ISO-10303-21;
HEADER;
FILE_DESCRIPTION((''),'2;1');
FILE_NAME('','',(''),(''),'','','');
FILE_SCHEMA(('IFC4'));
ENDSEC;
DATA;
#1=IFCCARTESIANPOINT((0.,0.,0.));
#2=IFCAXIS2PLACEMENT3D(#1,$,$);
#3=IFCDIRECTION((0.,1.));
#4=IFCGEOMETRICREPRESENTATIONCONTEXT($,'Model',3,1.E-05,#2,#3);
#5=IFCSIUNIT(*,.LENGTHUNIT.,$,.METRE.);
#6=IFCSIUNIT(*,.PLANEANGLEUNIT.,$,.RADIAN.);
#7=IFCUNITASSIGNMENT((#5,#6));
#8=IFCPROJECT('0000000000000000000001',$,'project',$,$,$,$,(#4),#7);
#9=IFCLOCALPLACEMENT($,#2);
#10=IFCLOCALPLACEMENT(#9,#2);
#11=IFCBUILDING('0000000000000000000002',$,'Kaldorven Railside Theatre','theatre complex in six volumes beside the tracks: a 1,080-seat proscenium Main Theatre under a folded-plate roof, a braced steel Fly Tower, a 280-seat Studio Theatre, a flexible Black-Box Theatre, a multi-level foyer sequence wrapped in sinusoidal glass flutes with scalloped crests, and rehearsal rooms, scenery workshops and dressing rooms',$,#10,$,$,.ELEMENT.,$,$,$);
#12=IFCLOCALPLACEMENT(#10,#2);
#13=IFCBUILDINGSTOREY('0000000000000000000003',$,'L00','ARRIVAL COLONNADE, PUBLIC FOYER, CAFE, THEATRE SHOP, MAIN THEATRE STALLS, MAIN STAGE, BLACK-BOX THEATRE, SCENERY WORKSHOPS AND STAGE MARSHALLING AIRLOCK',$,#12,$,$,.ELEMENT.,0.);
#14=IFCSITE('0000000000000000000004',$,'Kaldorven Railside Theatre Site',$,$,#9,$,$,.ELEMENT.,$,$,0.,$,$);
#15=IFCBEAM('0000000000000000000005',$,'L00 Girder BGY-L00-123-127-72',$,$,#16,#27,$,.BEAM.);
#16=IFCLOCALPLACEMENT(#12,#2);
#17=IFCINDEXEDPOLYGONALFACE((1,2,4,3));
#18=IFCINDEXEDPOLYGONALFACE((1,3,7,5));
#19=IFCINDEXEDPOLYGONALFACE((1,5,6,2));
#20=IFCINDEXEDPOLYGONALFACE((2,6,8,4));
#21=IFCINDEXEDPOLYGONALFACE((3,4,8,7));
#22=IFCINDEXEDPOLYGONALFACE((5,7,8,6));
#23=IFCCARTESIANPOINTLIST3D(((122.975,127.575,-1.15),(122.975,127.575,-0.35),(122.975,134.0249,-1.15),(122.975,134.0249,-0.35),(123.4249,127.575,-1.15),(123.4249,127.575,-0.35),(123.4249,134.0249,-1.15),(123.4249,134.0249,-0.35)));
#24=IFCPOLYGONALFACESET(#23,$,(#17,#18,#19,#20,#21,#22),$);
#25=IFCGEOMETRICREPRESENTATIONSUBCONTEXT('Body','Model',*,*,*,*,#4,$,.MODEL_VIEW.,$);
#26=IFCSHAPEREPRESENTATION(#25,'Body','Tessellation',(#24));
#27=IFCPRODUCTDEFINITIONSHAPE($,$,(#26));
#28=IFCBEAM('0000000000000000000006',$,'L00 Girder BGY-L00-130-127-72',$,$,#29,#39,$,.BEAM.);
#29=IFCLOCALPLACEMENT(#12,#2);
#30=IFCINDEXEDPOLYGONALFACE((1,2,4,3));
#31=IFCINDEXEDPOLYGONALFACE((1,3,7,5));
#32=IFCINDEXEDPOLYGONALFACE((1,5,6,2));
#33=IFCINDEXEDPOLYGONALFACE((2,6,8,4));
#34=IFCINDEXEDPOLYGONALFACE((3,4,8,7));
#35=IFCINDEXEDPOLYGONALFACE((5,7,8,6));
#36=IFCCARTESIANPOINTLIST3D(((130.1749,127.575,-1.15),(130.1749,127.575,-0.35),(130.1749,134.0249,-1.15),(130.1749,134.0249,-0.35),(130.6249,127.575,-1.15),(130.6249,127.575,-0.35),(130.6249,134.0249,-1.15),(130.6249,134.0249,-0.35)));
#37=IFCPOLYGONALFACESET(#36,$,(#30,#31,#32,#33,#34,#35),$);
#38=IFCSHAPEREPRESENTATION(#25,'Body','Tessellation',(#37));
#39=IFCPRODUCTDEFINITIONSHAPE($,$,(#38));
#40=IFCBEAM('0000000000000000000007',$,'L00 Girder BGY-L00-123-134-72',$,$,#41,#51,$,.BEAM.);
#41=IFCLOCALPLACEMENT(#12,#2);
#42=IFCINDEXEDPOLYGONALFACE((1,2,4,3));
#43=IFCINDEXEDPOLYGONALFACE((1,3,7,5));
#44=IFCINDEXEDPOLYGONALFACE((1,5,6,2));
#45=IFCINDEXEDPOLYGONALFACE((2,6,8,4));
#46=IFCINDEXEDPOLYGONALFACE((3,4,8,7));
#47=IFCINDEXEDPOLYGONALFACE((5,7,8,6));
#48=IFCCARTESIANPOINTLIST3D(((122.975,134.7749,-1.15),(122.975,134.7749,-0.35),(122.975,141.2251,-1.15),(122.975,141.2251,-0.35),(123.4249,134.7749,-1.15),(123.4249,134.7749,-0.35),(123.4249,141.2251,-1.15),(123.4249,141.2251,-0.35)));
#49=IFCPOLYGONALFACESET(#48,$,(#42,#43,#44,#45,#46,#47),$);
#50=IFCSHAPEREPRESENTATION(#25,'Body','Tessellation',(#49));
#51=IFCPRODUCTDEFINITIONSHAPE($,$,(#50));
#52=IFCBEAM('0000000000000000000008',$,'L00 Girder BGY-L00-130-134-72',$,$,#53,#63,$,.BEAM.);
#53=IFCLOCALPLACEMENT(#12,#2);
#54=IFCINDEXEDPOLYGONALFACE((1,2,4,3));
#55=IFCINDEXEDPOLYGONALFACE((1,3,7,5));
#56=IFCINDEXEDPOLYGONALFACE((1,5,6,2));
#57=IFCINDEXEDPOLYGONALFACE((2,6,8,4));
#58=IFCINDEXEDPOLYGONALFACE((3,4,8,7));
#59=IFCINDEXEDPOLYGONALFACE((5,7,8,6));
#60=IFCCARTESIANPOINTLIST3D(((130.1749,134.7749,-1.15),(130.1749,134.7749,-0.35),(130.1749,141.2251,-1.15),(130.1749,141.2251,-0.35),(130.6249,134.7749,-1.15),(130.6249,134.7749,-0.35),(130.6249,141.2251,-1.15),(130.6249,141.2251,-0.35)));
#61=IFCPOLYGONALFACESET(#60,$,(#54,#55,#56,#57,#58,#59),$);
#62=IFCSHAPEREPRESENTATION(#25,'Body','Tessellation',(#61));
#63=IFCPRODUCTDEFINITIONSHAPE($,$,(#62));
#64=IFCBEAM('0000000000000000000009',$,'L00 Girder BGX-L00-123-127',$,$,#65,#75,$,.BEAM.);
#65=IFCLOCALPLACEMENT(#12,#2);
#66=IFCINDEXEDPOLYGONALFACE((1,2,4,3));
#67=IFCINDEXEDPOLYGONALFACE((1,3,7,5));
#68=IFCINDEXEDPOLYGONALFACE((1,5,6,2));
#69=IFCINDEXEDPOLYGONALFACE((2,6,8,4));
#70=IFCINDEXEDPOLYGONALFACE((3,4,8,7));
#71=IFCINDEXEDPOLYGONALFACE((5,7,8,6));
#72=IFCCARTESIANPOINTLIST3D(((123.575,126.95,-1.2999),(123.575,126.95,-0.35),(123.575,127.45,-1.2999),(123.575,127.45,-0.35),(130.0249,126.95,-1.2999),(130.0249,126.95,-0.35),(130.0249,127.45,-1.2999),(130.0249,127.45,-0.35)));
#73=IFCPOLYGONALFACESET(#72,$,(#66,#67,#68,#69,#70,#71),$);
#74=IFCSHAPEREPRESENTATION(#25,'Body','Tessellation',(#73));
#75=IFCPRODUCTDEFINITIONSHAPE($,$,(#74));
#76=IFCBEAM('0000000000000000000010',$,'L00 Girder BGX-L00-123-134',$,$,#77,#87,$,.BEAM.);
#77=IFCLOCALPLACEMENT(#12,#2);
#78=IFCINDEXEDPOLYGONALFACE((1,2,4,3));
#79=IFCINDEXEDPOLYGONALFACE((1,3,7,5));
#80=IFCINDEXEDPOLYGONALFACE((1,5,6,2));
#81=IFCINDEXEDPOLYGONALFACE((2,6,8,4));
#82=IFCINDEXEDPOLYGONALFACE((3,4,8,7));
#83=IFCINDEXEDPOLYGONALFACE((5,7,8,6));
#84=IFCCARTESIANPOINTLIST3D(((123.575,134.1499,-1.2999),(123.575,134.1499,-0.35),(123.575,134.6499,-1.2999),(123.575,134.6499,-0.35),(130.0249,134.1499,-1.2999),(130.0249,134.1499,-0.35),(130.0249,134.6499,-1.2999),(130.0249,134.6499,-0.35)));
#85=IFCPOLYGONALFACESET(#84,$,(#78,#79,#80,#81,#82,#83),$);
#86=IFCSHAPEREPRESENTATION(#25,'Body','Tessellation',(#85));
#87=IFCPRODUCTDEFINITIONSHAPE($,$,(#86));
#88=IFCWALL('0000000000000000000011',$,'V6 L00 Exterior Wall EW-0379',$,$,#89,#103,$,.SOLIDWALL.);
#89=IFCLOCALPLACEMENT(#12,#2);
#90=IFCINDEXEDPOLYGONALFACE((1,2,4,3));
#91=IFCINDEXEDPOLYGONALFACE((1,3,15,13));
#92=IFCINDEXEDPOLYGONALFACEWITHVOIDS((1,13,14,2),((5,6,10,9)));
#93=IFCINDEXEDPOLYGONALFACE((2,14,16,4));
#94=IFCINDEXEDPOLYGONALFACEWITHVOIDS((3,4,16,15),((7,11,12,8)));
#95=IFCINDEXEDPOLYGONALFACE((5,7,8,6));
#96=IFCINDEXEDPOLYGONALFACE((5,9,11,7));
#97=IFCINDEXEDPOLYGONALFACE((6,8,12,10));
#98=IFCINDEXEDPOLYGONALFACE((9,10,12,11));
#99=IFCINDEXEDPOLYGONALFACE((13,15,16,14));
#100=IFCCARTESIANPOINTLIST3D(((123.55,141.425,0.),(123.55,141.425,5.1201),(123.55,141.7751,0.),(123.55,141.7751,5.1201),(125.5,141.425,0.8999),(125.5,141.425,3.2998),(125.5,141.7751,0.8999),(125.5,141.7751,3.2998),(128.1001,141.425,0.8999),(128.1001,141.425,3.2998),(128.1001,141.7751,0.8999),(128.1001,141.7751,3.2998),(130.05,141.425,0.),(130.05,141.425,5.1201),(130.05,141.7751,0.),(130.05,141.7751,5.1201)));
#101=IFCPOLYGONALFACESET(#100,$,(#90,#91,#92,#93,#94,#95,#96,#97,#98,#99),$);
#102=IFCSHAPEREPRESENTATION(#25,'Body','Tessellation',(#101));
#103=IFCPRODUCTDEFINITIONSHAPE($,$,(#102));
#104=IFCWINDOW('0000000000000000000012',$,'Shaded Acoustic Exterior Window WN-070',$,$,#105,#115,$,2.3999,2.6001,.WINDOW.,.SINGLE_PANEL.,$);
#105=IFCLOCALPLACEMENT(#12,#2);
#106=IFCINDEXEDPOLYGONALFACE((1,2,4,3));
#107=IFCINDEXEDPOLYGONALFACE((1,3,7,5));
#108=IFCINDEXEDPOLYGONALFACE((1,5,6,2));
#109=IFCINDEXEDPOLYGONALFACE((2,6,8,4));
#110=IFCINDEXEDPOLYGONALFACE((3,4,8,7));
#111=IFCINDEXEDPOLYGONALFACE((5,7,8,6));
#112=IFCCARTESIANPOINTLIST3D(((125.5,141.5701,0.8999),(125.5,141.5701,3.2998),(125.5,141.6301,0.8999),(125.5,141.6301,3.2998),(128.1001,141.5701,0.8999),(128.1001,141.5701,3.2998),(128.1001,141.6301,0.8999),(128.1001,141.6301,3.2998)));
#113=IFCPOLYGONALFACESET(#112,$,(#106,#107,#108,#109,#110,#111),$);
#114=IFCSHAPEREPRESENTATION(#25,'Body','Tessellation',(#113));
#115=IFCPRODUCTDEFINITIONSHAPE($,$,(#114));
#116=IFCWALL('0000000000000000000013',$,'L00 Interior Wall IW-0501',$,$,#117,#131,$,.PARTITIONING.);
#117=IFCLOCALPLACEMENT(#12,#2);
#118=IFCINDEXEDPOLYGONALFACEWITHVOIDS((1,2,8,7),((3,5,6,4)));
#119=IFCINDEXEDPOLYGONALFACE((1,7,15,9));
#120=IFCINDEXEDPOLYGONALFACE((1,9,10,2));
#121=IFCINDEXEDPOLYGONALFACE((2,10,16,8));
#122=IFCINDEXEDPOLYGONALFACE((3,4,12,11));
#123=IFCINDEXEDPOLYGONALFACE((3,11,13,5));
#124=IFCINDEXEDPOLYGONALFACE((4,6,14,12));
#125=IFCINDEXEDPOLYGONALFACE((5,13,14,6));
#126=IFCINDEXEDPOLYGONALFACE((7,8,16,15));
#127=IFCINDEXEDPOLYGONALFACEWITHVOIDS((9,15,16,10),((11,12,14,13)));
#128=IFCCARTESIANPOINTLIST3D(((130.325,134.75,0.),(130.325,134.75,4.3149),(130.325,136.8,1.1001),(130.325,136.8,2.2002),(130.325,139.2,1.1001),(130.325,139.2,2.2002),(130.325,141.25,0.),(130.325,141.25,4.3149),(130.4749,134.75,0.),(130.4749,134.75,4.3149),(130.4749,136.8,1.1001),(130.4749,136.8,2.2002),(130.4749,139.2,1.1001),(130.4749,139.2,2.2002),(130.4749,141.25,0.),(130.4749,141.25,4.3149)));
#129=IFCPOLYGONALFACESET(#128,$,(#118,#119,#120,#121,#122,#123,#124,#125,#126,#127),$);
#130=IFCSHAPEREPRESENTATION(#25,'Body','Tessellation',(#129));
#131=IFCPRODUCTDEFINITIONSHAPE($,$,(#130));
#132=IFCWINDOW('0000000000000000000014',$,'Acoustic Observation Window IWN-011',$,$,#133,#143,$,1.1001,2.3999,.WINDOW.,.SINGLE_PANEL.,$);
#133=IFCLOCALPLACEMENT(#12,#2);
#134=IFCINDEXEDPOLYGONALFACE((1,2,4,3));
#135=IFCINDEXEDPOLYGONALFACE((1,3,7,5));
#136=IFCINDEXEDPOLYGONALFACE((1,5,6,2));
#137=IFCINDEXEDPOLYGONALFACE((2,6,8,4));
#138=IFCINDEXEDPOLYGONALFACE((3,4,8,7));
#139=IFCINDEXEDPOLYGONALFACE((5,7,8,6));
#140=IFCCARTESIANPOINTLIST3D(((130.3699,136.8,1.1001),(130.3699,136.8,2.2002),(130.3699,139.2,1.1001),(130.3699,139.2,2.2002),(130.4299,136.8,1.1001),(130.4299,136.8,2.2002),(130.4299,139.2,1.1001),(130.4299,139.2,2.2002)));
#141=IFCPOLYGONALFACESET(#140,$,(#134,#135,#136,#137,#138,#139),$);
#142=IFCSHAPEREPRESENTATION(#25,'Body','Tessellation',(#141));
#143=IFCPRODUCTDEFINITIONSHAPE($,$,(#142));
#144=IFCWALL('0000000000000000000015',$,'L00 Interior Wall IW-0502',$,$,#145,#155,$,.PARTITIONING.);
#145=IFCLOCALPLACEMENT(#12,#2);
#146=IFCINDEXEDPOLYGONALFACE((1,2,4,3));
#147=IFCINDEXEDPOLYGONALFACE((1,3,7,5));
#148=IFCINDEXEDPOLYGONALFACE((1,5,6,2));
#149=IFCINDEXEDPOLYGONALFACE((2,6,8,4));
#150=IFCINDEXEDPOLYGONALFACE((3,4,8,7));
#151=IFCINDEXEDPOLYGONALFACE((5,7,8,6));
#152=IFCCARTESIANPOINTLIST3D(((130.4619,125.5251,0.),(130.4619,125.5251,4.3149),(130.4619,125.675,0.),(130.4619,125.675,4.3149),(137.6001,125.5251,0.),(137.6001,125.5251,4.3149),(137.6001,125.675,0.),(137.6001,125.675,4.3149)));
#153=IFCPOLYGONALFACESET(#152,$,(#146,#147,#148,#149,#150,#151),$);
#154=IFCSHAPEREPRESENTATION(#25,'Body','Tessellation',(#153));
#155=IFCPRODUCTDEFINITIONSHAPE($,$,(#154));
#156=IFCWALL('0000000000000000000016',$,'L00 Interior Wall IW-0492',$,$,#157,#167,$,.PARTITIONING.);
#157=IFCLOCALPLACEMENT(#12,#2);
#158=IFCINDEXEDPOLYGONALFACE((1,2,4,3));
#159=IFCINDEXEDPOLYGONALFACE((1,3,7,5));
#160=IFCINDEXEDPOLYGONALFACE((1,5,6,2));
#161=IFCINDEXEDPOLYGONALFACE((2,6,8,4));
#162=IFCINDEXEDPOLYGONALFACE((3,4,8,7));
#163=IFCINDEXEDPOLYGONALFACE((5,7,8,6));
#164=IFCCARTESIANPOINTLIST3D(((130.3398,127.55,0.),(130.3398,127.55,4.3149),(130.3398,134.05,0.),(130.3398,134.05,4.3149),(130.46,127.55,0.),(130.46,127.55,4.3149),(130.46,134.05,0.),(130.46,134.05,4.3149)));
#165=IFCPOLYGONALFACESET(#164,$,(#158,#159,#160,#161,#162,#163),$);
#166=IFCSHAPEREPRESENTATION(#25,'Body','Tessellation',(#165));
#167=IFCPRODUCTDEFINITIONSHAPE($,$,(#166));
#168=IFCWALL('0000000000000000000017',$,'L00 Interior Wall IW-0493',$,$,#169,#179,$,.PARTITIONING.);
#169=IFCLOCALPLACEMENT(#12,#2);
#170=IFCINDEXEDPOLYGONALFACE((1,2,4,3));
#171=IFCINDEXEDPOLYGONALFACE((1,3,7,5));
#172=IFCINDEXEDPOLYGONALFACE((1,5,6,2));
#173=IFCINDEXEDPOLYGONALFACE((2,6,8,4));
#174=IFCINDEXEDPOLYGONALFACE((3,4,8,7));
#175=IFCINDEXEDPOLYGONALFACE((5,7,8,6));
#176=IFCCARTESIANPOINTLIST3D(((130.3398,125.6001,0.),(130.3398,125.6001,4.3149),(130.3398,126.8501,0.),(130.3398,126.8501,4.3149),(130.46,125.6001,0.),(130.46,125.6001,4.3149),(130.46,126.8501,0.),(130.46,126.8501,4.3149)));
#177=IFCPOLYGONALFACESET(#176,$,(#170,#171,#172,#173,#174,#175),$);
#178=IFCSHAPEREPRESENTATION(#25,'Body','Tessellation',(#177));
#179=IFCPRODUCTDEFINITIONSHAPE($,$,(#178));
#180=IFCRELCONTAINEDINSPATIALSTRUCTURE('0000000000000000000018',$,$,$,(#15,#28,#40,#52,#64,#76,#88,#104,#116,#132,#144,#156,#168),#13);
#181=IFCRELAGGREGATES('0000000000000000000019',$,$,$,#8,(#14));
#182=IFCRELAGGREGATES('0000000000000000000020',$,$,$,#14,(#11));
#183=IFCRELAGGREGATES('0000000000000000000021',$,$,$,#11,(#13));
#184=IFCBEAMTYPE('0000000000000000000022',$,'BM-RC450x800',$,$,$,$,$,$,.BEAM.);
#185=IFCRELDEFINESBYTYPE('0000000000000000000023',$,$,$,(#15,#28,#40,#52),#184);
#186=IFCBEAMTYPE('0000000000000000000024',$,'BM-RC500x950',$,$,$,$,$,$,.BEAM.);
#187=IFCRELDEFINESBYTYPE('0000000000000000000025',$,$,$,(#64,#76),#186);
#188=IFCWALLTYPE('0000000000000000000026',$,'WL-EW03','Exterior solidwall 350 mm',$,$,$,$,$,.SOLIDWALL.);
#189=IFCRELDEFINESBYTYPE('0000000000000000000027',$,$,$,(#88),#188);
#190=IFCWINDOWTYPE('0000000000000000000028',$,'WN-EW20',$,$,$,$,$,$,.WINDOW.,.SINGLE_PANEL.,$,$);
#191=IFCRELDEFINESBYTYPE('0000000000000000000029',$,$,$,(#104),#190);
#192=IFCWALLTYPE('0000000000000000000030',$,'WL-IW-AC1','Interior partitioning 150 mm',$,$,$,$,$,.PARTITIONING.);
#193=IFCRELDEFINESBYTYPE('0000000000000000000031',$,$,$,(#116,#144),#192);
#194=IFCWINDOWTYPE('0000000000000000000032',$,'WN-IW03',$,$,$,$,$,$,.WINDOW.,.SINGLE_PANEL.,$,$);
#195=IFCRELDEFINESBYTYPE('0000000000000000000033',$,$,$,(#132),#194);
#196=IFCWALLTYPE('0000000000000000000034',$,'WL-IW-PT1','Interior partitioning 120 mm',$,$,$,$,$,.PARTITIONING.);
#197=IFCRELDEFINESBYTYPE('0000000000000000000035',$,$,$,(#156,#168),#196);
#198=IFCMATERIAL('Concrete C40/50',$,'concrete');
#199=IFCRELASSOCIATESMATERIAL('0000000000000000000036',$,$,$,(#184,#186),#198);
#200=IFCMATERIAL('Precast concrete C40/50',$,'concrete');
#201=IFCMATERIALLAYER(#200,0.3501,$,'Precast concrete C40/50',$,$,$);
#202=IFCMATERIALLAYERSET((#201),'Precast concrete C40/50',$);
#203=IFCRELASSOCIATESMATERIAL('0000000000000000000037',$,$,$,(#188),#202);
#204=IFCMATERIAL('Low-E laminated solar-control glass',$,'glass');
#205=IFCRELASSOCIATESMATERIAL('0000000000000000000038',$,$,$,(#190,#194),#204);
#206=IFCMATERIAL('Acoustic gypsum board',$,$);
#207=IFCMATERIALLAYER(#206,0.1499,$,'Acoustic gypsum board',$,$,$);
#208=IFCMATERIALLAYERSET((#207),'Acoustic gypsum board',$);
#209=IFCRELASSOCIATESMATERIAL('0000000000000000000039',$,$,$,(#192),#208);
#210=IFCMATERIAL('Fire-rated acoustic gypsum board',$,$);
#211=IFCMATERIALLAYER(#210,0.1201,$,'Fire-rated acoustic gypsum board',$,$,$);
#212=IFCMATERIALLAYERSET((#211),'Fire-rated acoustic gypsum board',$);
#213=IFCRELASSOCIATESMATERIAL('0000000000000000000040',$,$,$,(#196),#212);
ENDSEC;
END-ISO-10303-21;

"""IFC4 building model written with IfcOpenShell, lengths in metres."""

from ifc_helpers import new_model, si_unit, direction, frame, frame_2d, origin, origin_2d, place, context, subcontext, project, spatial, rectangle, extrude, material, layer, layer_set, material_profile, profile_set, type_object, element, fill, save


model = new_model("IFC4")

# Units and contexts
model_context = context("Model", 3, precision=1e-05, world=origin(), true_north=direction((0.0, 1.0)))
body_context = subcontext(model_context, "Body", "Model", "MODEL_VIEW")
ifc_project = project(units=[si_unit("LENGTHUNIT", "METRE"), si_unit("PLANEANGLEUNIT", "RADIAN")], contexts=[model_context])

# Site, building, storey
site_placement = place(None, origin())
site = spatial("IfcSite", under=ifc_project, at=site_placement, Name="Kaldorven Railside Theatre Site", CompositionType="ELEMENT", RefElevation=0.0)
building_placement = place(site_placement, origin())
building = spatial("IfcBuilding", under=site, at=building_placement, Name="Kaldorven Railside Theatre", Description="theatre complex in six volumes beside the tracks: a 1,080-seat proscenium Main Theatre under a folded-plate roof, a braced steel Fly Tower, a 280-seat Studio Theatre, a flexible Black-Box Theatre, a multi-level foyer sequence wrapped in sinusoidal glass flutes with scalloped crests, and rehearsal rooms, scenery workshops and dressing rooms", CompositionType="ELEMENT")
storey_placement = place(building_placement, origin())
storey = spatial("IfcBuildingStorey", under=building, at=storey_placement, Name="L00", Description="ARRIVAL COLONNADE, PUBLIC FOYER, CAFE, THEATRE SHOP, MAIN THEATRE STALLS, MAIN STAGE, BLACK-BOX THEATRE, SCENERY WORKSHOPS AND STAGE MARSHALLING AIRLOCK", CompositionType="ELEMENT", Elevation=0.0)

# Shared definitions
ifc_material_1 = material(Name="Concrete C40/50", Category="concrete")

# Beams
ifc_material_profile_1 = material_profile(ifc_material_1, rectangle(XDim=0.45, YDim=0.8, at=origin_2d()), Name="RC 450x800")
ifc_profile_set_1 = profile_set([ifc_material_profile_1], Name="Concrete C40/50")
beam_type_1 = type_object("IfcBeamType", Name="BM-RC450x800", PredefinedType="BEAM", material=ifc_profile_set_1)
for number, where, z_axis, x_axis, name in (
    (1, (123.2, 127.575, -0.75), (0.0, 1.0, 0.0), (-1.0, 0.0, 0.0), "L00 Girder BGY-L00-123-127-72"),
    (2, (130.3999, 127.575, -0.75), (0.0, 1.0, 0.0), (-1.0, 0.0, 0.0), "L00 Girder BGY-L00-130-127-72"),
):
    element("IfcBeam", number, at=place(storey_placement, frame(where, z_axis=z_axis, x_axis=x_axis)), inside=storey, type_object=beam_type_1, Name=name, PredefinedType="BEAM", context=body_context, shape_type="SweptSolid", body=[
        extrude(rectangle(XDim=0.45, YDim=0.8, at=origin_2d()), origin(), (0.0, 0.0, 1.0), 6.45),
    ])
for number, where, z_axis, x_axis, name in (
    (3, (123.2, 134.7749, -0.75), (0.0, 1.0, 0.0), (-1.0, 0.0, 0.0), "L00 Girder BGY-L00-123-134-72"),
    (4, (130.3999, 134.7749, -0.75), (0.0, 1.0, 0.0), (-1.0, 0.0, 0.0), "L00 Girder BGY-L00-130-134-72"),
):
    element("IfcBeam", number, at=place(storey_placement, frame(where, z_axis=z_axis, x_axis=x_axis)), inside=storey, type_object=beam_type_1, Name=name, PredefinedType="BEAM", context=body_context, shape_type="SweptSolid", body=[
        extrude(rectangle(XDim=0.45, YDim=0.8, at=origin_2d()), origin(), (0.0, 0.0, 1.0), 6.4502),
    ])
ifc_material_profile_2 = material_profile(ifc_material_1, rectangle(XDim=0.5, YDim=0.95, at=origin_2d()), Name="RC 500x950")
ifc_profile_set_2 = profile_set([ifc_material_profile_2], Name="Concrete C40/50")
beam_type_2 = type_object("IfcBeamType", Name="BM-RC500x950", PredefinedType="BEAM", material=ifc_profile_set_2)
for number, where, z_axis, x_axis, name in (
    (5, (123.575, 127.2, -0.825), (1.0, 0.0, 0.0), (0.0, 1.0, 0.0), "L00 Girder BGX-L00-123-127"),
    (6, (123.575, 134.3999, -0.825), (1.0, 0.0, 0.0), (0.0, 1.0, 0.0), "L00 Girder BGX-L00-123-134"),
):
    element("IfcBeam", number, at=place(storey_placement, frame(where, z_axis=z_axis, x_axis=x_axis)), inside=storey, type_object=beam_type_2, Name=name, PredefinedType="BEAM", context=body_context, shape_type="SweptSolid", body=[
        extrude(rectangle(XDim=0.5, YDim=0.95, at=origin_2d()), origin(), (0.0, 0.0, 1.0), 6.45),
    ])

# Walls, openings, windows
ifc_material_2 = material(Name="Precast concrete C40/50", Category="concrete")
ifc_layer_1 = layer(ifc_material_2, 0.3501, Name="Precast concrete C40/50")
ifc_layer_set_1 = layer_set([ifc_layer_1], Name="Precast concrete C40/50")
wall_type_1 = type_object("IfcWallType", Name="WL-EW03", Description="Exterior solidwall 350 mm", PredefinedType="SOLIDWALL", material=ifc_layer_set_1)
wall_1_placement = place(storey_placement, frame((123.55, 141.6001, 0.0), z_axis=(0.0, 0.0, 1.0), x_axis=(1.0, 0.0, 0.0)))
wall_1 = element("IfcWall", 7, at=wall_1_placement, inside=storey, type_object=wall_type_1, Name="V6 L00 Exterior Wall EW-0379", PredefinedType="SOLIDWALL", context=body_context, shape_type="SweptSolid", body=[
    extrude(rectangle(XDim=6.5, YDim=0.3501, at=frame_2d((3.25, 0.0))), origin(), (0.0, 0.0, 1.0), 5.1201),
])
opening_1_placement = place(wall_1_placement, frame((1.95, 0.0, 0.8999)))
opening_1 = element("IfcOpeningElement", 8, at=opening_1_placement, cuts=wall_1, PredefinedType="OPENING", context=body_context, shape_type="SweptSolid", body=[
    extrude(rectangle(XDim=2.6001, YDim=2.3999, at=frame_2d((1.3, 1.2))), frame((0.0, 0.1851, 0.0), z_axis=(0.0, -1.0, 0.0), x_axis=(1.0, 0.0, 0.0)), (0.0, 0.0, 1.0), 0.3701),
])
ifc_material_3 = material(Name="Low-E laminated solar-control glass", Category="glass")
window_type_1 = type_object("IfcWindowType", Name="WN-EW20", PartitioningType="SINGLE_PANEL", PredefinedType="WINDOW", material=ifc_material_3)
window_1_placement = place(opening_1_placement, origin())
window_1 = element("IfcWindow", 9, at=window_1_placement, inside=storey, type_object=window_type_1, Name="Shaded Acoustic Exterior Window WN-070", OverallHeight=2.3999, OverallWidth=2.6001, PartitioningType="SINGLE_PANEL", PredefinedType="WINDOW", context=body_context, shape_type="SweptSolid", body=[
    extrude(rectangle(XDim=2.6001, YDim=2.3999, at=frame_2d((1.3, 1.2))), frame((0.0, 0.03, 0.0), z_axis=(0.0, -1.0, 0.0), x_axis=(1.0, 0.0, 0.0)), (0.0, 0.0, 1.0), 0.0601),
])
fill(opening_1, window_1)
ifc_material_4 = material(Name="Acoustic gypsum board")
ifc_layer_2 = layer(ifc_material_4, 0.1499, Name="Acoustic gypsum board")
ifc_layer_set_2 = layer_set([ifc_layer_2], Name="Acoustic gypsum board")
wall_type_2 = type_object("IfcWallType", Name="WL-IW-AC1", Description="Interior partitioning 150 mm", PredefinedType="PARTITIONING", material=ifc_layer_set_2)
wall_2_placement = place(storey_placement, frame((130.3999, 141.25, 0.0), z_axis=(0.0, 0.0, 1.0), x_axis=(0.0, -1.0, 0.0)))
wall_2 = element("IfcWall", 10, at=wall_2_placement, inside=storey, type_object=wall_type_2, Name="L00 Interior Wall IW-0501", PredefinedType="PARTITIONING", context=body_context, shape_type="SweptSolid", body=[
    extrude(rectangle(XDim=6.5, YDim=0.1499, at=frame_2d((3.25, 0.0))), origin(), (0.0, 0.0, 1.0), 4.3149),
])
opening_2_placement = place(wall_2_placement, frame((2.05, 0.0, 1.1001)))
opening_2 = element("IfcOpeningElement", 11, at=opening_2_placement, cuts=wall_2, PredefinedType="OPENING", context=body_context, shape_type="SweptSolid", body=[
    extrude(rectangle(XDim=2.3999, YDim=1.1001, at=frame_2d((1.2, 0.55))), frame((0.0, 0.085, 0.0), z_axis=(0.0, -1.0, 0.0), x_axis=(1.0, 0.0, 0.0)), (0.0, 0.0, 1.0), 0.1699),
])
window_type_2 = type_object("IfcWindowType", Name="WN-IW03", PartitioningType="SINGLE_PANEL", PredefinedType="WINDOW", material=ifc_material_3)
window_2_placement = place(opening_2_placement, origin())
window_2 = element("IfcWindow", 12, at=window_2_placement, inside=storey, type_object=window_type_2, Name="Acoustic Observation Window IWN-011", OverallHeight=1.1001, OverallWidth=2.3999, PartitioningType="SINGLE_PANEL", PredefinedType="WINDOW", context=body_context, shape_type="SweptSolid", body=[
    extrude(rectangle(XDim=2.3999, YDim=1.1001, at=frame_2d((1.2, 0.55))), frame((0.0, 0.03, 0.0), z_axis=(0.0, -1.0, 0.0), x_axis=(1.0, 0.0, 0.0)), (0.0, 0.0, 1.0), 0.0601),
])
fill(opening_2, window_2)

# Walls
wall_3_placement = place(storey_placement, frame((130.4619, 125.6001, 0.0), z_axis=(0.0, 0.0, 1.0), x_axis=(1.0, 0.0, 0.0)))
element("IfcWall", 13, at=wall_3_placement, inside=storey, type_object=wall_type_2, Name="L00 Interior Wall IW-0502", PredefinedType="PARTITIONING", context=body_context, shape_type="SweptSolid", body=[
    extrude(rectangle(XDim=7.1382, YDim=0.1499, at=frame_2d((3.5691, 0.0))), origin(), (0.0, 0.0, 1.0), 4.3149),
])
ifc_material_5 = material(Name="Fire-rated acoustic gypsum board")
ifc_layer_3 = layer(ifc_material_5, 0.1201, Name="Fire-rated acoustic gypsum board")
ifc_layer_set_3 = layer_set([ifc_layer_3], Name="Fire-rated acoustic gypsum board")
wall_type_3 = type_object("IfcWallType", Name="WL-IW-PT1", Description="Interior partitioning 120 mm", PredefinedType="PARTITIONING", material=ifc_layer_set_3)
wall_4_placement = place(storey_placement, frame((130.3999, 127.55, 0.0), z_axis=(0.0, 0.0, 1.0), x_axis=(0.0, 1.0, 0.0)))
element("IfcWall", 14, at=wall_4_placement, inside=storey, type_object=wall_type_3, Name="L00 Interior Wall IW-0492", PredefinedType="PARTITIONING", context=body_context, shape_type="SweptSolid", body=[
    extrude(rectangle(XDim=6.5, YDim=0.1201, at=frame_2d((3.25, 0.0))), origin(), (0.0, 0.0, 1.0), 4.3149),
])
wall_5_placement = place(storey_placement, frame((130.3999, 125.6001, 0.0), z_axis=(0.0, 0.0, 1.0), x_axis=(0.0, 1.0, 0.0)))
element("IfcWall", 15, at=wall_5_placement, inside=storey, type_object=wall_type_3, Name="L00 Interior Wall IW-0493", PredefinedType="PARTITIONING", context=body_context, shape_type="SweptSolid", body=[
    extrude(rectangle(XDim=1.25, YDim=0.1201, at=frame_2d((0.625, 0.0))), origin(), (0.0, 0.0, 1.0), 4.3149),
])

save(model, "model.ifc")
